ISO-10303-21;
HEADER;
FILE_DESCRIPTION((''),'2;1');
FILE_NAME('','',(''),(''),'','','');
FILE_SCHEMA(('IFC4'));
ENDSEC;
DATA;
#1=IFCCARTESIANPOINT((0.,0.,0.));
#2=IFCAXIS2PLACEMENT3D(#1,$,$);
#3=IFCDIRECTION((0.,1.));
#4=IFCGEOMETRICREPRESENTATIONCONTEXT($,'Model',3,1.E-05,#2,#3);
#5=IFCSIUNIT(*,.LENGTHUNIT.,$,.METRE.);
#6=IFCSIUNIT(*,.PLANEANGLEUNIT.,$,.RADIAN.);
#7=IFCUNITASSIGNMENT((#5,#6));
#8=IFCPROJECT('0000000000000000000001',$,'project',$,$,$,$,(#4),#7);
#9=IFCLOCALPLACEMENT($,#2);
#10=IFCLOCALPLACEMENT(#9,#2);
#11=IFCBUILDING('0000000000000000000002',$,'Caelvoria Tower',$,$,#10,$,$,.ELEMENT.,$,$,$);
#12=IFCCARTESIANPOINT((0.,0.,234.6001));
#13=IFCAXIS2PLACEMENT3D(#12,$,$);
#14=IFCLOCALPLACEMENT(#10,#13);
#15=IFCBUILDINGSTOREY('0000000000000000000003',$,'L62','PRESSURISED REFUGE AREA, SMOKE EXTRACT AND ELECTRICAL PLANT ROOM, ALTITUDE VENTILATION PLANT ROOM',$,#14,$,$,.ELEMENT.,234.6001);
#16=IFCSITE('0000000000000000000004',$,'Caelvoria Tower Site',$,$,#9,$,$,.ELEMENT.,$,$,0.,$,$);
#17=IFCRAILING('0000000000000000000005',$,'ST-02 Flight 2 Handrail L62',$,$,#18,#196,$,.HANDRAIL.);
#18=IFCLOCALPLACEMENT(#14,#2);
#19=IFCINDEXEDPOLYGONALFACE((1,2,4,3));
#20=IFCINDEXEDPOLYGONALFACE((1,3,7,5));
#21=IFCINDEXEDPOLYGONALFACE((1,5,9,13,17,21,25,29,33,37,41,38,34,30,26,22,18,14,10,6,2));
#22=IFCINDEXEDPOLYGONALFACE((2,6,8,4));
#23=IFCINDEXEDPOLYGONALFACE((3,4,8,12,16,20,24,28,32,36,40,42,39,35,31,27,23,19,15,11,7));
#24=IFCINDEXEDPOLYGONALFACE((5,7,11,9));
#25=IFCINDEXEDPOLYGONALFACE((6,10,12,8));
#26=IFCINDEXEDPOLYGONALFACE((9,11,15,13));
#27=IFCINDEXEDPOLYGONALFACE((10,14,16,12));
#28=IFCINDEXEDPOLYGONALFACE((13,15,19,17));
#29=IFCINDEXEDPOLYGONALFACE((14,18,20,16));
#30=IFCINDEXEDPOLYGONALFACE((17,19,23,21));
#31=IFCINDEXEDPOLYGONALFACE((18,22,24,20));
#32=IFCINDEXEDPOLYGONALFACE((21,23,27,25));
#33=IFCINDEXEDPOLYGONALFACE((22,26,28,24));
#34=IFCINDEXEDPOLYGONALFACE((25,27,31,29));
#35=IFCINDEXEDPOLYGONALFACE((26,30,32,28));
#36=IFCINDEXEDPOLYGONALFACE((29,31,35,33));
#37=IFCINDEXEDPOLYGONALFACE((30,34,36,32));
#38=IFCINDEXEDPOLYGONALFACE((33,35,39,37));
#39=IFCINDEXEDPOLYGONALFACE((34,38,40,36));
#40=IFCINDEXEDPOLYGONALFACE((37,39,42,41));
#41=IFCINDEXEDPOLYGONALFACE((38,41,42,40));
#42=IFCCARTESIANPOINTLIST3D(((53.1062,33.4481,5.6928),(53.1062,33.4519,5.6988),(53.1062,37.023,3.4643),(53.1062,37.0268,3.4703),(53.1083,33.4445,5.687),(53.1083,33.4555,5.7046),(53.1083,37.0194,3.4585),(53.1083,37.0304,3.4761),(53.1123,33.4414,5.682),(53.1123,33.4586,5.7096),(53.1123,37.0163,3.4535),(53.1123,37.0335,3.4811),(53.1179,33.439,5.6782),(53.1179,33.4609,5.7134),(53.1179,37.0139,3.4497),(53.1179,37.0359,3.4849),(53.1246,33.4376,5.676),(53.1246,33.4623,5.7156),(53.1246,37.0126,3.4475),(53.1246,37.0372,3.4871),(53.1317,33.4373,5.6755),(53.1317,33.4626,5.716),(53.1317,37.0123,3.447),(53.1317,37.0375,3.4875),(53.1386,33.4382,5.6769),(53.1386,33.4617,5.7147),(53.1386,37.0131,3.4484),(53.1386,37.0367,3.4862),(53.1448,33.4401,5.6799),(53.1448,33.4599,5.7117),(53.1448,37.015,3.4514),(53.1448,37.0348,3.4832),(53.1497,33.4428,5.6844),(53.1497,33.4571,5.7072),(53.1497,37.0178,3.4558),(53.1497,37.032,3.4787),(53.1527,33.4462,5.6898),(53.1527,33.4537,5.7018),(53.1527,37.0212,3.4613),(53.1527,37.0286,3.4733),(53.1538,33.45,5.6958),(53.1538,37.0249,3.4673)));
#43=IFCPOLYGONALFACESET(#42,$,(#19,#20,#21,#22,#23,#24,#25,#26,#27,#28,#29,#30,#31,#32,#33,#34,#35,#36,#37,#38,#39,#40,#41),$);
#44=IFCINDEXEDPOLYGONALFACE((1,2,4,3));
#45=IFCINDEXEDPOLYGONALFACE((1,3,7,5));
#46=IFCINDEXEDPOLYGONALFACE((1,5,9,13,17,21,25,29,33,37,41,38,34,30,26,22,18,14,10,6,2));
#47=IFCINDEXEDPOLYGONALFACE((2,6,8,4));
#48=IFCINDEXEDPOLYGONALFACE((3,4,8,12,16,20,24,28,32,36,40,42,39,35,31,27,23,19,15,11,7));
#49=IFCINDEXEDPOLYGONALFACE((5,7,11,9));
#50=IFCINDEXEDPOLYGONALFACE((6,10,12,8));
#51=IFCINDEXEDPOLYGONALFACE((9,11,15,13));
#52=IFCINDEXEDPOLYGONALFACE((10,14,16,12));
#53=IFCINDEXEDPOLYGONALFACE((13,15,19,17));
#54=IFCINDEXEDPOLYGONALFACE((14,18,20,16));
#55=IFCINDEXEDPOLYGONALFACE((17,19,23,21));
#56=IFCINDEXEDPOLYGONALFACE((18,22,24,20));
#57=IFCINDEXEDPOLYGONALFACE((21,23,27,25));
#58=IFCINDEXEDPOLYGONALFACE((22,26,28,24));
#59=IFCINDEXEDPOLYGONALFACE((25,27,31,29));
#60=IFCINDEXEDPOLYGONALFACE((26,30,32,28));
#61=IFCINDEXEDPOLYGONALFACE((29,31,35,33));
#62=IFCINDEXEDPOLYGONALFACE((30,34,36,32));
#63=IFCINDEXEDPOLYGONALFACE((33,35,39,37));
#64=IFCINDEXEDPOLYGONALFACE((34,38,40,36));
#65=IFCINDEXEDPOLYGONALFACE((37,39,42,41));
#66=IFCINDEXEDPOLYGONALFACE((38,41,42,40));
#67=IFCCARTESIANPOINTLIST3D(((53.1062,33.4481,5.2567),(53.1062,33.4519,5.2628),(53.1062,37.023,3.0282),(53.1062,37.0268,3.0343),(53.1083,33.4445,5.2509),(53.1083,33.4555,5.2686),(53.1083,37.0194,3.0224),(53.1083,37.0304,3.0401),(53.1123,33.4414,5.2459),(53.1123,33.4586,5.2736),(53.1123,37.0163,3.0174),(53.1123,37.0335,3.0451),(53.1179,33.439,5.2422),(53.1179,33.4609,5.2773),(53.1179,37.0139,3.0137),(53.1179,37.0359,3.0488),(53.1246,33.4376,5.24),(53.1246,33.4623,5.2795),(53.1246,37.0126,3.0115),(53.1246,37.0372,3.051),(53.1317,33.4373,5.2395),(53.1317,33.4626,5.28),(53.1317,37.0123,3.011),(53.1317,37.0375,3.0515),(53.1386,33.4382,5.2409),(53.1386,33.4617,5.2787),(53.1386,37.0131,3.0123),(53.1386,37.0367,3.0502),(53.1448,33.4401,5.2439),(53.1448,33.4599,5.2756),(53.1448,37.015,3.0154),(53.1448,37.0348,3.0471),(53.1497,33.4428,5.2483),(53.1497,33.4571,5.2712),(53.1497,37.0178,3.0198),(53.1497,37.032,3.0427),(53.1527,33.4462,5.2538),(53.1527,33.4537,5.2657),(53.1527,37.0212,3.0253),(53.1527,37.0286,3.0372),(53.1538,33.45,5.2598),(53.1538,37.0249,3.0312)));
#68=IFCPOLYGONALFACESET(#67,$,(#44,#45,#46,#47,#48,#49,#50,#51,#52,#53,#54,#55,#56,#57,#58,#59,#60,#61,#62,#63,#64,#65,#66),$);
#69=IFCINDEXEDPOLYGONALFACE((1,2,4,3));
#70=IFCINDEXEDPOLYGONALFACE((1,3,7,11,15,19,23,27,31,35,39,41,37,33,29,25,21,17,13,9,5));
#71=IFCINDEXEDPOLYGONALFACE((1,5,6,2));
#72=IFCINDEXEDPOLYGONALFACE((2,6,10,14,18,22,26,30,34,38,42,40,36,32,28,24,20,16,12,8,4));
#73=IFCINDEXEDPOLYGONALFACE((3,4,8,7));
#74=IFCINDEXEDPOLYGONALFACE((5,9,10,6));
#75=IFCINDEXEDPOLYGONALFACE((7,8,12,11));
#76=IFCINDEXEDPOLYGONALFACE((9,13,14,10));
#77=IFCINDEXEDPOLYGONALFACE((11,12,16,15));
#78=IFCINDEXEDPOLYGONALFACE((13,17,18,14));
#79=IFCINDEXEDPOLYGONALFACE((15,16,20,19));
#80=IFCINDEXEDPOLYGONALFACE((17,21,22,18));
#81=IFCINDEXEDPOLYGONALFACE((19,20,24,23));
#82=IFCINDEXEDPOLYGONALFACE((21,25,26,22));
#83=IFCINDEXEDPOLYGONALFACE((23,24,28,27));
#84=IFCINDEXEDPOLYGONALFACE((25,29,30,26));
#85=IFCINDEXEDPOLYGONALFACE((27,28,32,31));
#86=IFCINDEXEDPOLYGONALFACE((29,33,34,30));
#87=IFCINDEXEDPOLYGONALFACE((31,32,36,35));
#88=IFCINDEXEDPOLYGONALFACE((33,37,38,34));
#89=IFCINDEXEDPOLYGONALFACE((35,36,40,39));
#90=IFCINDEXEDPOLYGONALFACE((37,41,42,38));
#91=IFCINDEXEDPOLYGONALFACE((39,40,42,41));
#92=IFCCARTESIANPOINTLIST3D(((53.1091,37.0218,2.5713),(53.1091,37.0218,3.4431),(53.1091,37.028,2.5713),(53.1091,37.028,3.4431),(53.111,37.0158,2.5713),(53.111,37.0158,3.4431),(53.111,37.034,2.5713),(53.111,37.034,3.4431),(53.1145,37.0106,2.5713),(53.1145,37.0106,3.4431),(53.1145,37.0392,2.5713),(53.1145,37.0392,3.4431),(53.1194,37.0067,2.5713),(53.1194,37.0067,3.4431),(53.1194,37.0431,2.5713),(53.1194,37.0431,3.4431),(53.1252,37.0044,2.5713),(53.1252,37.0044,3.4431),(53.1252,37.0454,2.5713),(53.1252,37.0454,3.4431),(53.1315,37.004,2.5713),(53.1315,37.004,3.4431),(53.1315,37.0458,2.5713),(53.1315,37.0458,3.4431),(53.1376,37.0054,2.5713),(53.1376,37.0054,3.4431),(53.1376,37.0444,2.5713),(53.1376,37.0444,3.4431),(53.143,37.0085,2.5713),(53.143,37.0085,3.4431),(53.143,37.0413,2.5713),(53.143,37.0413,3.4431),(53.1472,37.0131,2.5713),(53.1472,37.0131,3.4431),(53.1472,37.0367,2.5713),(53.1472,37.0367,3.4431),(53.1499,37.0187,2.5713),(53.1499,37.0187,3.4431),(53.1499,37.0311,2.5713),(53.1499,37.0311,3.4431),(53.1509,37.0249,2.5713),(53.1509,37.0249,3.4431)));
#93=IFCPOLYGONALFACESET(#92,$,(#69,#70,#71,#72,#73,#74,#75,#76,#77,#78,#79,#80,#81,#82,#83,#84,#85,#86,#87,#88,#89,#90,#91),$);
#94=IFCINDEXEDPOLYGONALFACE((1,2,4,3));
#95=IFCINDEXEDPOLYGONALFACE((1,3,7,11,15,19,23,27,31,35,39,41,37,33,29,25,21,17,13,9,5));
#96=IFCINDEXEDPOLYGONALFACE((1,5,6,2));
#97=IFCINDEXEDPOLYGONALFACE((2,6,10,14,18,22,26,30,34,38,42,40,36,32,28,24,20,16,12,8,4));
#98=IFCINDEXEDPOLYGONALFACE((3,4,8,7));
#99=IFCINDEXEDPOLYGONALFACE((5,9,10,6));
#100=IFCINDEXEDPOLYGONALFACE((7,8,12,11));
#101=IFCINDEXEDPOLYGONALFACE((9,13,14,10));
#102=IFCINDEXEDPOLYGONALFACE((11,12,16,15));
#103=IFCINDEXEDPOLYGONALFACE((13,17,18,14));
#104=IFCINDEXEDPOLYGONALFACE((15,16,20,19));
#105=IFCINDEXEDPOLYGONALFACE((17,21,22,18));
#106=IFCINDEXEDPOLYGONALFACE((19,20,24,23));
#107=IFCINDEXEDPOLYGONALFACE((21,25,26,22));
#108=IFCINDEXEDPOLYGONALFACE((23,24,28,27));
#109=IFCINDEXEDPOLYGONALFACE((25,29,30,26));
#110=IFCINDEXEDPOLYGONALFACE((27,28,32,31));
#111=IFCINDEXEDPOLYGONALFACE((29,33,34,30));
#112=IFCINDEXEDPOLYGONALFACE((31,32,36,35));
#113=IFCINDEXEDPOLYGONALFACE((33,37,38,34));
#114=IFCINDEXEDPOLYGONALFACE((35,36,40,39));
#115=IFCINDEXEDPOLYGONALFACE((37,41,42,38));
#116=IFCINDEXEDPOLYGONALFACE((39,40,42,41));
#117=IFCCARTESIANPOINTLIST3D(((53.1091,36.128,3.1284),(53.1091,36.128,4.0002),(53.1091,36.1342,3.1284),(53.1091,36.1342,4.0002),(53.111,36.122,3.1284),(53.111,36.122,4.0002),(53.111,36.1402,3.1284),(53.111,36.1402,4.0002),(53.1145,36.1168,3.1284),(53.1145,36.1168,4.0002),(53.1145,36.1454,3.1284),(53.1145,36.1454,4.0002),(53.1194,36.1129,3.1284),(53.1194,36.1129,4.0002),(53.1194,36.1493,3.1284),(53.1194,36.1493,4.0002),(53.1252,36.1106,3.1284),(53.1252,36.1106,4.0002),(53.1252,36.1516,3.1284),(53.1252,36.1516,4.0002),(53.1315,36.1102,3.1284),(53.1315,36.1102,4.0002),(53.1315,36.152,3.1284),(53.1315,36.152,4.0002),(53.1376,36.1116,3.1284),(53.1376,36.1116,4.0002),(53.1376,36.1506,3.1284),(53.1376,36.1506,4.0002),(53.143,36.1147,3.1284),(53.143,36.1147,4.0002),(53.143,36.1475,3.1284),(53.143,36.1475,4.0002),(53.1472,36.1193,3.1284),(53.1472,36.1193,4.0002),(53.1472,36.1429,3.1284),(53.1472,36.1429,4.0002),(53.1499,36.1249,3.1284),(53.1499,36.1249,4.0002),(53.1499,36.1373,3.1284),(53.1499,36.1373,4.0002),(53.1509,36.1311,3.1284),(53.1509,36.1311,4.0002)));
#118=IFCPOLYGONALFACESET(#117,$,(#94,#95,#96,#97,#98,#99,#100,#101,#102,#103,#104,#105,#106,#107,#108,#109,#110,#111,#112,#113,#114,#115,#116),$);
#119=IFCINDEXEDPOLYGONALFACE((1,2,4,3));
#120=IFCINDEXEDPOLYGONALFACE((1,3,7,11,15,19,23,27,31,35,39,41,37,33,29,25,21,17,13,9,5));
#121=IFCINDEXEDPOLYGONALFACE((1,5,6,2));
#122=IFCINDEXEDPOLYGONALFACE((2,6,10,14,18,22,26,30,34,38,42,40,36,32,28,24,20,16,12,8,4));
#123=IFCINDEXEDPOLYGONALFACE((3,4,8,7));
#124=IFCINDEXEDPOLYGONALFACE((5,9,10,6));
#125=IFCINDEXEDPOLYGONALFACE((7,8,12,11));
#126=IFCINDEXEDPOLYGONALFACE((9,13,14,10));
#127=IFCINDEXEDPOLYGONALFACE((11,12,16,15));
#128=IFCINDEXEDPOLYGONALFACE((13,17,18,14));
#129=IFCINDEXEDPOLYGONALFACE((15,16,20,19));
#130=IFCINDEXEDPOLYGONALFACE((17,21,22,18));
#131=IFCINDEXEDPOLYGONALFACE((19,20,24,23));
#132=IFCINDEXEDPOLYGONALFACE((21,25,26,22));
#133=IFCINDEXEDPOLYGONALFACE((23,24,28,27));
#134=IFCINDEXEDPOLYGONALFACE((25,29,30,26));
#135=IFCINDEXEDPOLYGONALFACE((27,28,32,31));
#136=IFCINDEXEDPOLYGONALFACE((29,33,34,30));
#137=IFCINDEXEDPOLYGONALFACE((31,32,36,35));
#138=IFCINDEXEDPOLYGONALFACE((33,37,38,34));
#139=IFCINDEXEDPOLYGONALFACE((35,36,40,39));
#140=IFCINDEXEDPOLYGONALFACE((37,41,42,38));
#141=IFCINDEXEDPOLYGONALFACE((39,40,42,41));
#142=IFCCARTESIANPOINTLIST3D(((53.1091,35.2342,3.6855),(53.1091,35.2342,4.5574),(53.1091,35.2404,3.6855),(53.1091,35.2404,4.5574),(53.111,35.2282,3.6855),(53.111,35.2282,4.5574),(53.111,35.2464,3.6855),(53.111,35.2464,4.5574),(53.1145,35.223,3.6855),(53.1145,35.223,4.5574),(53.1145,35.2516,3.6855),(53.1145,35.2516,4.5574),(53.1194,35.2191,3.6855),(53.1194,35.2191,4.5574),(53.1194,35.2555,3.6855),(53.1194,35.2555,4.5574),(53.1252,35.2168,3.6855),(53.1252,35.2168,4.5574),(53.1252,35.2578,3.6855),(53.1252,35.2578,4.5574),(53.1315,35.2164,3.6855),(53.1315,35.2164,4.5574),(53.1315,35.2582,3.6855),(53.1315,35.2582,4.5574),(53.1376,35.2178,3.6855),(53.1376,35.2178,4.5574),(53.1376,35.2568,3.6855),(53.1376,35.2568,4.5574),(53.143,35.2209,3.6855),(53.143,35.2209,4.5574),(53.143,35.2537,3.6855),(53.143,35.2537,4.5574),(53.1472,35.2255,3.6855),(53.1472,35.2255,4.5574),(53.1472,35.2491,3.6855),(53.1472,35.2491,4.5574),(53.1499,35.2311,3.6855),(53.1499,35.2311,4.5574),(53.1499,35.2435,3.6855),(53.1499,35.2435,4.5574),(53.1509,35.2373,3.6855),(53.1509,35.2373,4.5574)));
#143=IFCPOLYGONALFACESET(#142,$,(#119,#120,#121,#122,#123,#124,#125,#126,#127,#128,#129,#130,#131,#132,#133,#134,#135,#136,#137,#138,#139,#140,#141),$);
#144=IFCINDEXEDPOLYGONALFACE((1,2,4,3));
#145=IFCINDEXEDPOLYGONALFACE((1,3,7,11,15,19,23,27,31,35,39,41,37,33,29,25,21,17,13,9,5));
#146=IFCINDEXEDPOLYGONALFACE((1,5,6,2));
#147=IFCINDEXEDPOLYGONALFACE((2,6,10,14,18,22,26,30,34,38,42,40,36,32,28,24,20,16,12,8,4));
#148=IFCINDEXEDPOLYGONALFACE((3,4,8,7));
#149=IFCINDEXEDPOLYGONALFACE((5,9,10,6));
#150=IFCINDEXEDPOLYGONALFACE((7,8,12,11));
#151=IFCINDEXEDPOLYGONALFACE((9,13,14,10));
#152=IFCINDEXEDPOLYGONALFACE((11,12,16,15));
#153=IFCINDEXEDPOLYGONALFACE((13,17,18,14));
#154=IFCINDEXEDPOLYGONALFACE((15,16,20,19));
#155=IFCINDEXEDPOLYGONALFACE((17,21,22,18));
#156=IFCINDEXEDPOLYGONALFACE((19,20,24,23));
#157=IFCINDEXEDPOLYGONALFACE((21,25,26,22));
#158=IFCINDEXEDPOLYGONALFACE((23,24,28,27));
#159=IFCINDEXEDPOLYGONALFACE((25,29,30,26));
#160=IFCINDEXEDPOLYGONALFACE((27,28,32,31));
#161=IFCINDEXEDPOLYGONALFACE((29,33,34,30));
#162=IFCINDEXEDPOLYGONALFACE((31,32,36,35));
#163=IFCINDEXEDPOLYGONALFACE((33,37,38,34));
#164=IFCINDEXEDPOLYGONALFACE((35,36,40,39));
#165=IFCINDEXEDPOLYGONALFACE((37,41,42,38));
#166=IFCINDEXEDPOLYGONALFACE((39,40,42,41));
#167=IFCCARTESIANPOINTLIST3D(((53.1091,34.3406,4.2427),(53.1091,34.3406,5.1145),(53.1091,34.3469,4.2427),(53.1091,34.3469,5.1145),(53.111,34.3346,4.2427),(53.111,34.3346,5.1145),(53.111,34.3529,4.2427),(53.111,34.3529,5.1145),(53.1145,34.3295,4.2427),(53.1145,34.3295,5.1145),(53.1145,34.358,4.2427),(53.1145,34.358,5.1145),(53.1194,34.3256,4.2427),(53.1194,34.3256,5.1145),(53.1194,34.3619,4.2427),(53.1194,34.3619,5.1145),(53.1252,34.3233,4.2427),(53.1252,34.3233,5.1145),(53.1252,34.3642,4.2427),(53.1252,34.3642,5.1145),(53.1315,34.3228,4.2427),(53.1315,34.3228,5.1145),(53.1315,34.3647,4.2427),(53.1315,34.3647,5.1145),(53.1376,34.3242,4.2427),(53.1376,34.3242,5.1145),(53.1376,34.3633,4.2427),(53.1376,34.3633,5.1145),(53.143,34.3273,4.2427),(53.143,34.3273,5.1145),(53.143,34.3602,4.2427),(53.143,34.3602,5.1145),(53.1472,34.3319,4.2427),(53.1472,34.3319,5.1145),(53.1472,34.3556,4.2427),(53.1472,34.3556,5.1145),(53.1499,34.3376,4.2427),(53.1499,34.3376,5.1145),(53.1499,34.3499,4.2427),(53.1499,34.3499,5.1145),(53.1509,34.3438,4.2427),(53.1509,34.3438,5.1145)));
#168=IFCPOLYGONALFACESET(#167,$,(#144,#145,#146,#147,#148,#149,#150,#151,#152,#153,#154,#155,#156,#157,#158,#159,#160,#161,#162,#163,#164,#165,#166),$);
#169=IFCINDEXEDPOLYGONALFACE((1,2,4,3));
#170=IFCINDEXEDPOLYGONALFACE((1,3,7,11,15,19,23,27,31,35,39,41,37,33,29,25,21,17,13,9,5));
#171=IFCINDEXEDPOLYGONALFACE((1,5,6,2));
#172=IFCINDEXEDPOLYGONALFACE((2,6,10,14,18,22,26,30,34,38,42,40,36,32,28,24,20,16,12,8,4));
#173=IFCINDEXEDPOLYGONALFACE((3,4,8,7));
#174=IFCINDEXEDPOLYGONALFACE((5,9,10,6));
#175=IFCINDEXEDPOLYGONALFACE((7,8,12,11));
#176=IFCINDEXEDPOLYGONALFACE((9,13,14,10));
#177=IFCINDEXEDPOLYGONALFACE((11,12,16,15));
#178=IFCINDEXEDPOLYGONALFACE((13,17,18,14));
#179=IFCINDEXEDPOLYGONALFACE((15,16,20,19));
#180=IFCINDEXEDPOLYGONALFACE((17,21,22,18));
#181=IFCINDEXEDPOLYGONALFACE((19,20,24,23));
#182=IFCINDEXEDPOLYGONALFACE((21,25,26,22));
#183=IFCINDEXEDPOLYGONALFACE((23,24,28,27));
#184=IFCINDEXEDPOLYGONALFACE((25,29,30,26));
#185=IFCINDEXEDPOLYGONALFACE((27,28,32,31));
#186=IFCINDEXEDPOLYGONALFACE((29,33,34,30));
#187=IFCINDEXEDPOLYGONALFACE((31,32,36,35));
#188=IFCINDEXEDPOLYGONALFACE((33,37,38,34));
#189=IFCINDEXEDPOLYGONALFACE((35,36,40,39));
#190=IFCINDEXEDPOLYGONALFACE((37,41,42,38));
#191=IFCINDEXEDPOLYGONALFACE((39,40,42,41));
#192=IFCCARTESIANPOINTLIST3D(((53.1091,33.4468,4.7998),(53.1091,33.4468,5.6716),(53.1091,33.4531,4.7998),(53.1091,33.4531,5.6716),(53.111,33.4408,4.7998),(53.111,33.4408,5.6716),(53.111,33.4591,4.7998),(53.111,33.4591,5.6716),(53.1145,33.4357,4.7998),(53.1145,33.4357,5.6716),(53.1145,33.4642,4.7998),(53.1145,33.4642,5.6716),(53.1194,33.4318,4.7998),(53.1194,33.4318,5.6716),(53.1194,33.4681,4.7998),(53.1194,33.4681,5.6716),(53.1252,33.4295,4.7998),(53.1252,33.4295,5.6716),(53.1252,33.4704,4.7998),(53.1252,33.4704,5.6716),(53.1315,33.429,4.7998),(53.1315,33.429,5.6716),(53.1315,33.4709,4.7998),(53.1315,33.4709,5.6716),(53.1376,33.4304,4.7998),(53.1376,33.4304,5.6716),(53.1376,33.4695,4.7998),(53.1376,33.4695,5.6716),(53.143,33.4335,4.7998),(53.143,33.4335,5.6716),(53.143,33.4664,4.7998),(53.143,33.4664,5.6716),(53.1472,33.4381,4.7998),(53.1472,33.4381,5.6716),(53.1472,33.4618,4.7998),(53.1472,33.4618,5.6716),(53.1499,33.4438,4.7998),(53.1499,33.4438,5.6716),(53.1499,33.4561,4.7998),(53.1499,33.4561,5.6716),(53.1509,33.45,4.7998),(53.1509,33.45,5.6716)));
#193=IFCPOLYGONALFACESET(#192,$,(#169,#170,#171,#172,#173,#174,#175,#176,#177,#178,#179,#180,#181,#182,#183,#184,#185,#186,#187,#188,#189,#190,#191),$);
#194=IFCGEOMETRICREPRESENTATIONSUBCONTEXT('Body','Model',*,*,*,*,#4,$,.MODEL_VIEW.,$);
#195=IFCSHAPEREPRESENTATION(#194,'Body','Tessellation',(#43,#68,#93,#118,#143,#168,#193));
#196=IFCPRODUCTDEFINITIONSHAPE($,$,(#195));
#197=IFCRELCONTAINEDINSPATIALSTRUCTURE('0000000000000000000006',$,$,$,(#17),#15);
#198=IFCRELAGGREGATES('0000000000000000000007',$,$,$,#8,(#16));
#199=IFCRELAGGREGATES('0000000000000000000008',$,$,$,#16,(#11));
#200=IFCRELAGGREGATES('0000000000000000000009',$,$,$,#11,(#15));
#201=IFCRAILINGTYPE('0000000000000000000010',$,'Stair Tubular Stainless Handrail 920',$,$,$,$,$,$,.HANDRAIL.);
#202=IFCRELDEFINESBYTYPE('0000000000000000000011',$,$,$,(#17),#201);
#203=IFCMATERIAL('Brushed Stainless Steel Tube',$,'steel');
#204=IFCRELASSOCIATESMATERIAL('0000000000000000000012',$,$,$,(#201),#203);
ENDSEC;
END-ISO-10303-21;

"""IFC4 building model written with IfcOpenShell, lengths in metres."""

from ifc_helpers import new_model, si_unit, direction, frame, origin, origin_2d, place, context, subcontext, project, spatial, circle, extrude, material, type_object, element, save


model = new_model("IFC4")

# Units and contexts
model_context = context("Model", 3, precision=1e-05, world=origin(), true_north=direction((0.0, 1.0)))
body_context = subcontext(model_context, "Body", "Model", "MODEL_VIEW")
ifc_project = project(units=[si_unit("LENGTHUNIT", "METRE"), si_unit("PLANEANGLEUNIT", "RADIAN")], contexts=[model_context])

# Site, building, storey
site_placement = place(None, origin())
site = spatial("IfcSite", under=ifc_project, at=site_placement, Name="Caelvoria Tower Site", CompositionType="ELEMENT", RefElevation=0.0)
building_placement = place(site_placement, origin())
building = spatial("IfcBuilding", under=site, at=building_placement, Name="Caelvoria Tower", CompositionType="ELEMENT")
storey_placement = place(building_placement, frame((0.0, 0.0, 234.6001)))
storey = spatial("IfcBuildingStorey", under=building, at=storey_placement, Name="L62", Description="PRESSURISED REFUGE AREA, SMOKE EXTRACT AND ELECTRICAL PLANT ROOM, ALTITUDE VENTILATION PLANT ROOM", CompositionType="ELEMENT", Elevation=234.6001)

# Railing
ifc_material_1 = material(Name="Brushed Stainless Steel Tube", Category="steel")
railing_type_1 = type_object("IfcRailingType", Name="Stair Tubular Stainless Handrail 920", PredefinedType="HANDRAIL", material=ifc_material_1)
railing_1_placement = place(storey_placement, frame((53.1299, 37.0249, 2.5713)))
element("IfcRailing", 1, at=railing_1_placement, inside=storey, type_object=railing_type_1, Name="ST-02 Flight 2 Handrail L62", PredefinedType="HANDRAIL", context=body_context, shape_type="SweptSolid", body=[
    extrude(circle(Radius=0.0239, at=origin_2d()), frame((0.0, 0.0, 0.896), z_axis=(0.0, -0.84862, 0.529004), x_axis=(1.0, 0.0, 0.0)), (0.0, 0.0, 1.0), 4.2126),
    extrude(circle(Radius=0.0239, at=origin_2d()), frame((0.0, 0.0, 0.46), z_axis=(0.0, -0.84862, 0.529004), x_axis=(1.0, 0.0, 0.0)), (0.0, 0.0, 1.0), 4.2126),
    extrude(circle(Radius=0.021, at=origin_2d()), origin(), (0.0, 0.0, 1.0), 0.8718),
    extrude(circle(Radius=0.021, at=origin_2d()), frame((0.0, -0.8938, 0.5571)), (0.0, 0.0, 1.0), 0.8718),
    extrude(circle(Radius=0.021, at=origin_2d()), frame((0.0, -1.7876, 1.1143)), (0.0, 0.0, 1.0), 0.8718),
    extrude(circle(Radius=0.021, at=origin_2d()), frame((0.0, -2.6812, 1.6714)), (0.0, 0.0, 1.0), 0.8718),
    extrude(circle(Radius=0.021, at=origin_2d()), frame((0.0, -3.575, 2.2285)), (0.0, 0.0, 1.0), 0.8718),
])

save(model, "model.ifc")
